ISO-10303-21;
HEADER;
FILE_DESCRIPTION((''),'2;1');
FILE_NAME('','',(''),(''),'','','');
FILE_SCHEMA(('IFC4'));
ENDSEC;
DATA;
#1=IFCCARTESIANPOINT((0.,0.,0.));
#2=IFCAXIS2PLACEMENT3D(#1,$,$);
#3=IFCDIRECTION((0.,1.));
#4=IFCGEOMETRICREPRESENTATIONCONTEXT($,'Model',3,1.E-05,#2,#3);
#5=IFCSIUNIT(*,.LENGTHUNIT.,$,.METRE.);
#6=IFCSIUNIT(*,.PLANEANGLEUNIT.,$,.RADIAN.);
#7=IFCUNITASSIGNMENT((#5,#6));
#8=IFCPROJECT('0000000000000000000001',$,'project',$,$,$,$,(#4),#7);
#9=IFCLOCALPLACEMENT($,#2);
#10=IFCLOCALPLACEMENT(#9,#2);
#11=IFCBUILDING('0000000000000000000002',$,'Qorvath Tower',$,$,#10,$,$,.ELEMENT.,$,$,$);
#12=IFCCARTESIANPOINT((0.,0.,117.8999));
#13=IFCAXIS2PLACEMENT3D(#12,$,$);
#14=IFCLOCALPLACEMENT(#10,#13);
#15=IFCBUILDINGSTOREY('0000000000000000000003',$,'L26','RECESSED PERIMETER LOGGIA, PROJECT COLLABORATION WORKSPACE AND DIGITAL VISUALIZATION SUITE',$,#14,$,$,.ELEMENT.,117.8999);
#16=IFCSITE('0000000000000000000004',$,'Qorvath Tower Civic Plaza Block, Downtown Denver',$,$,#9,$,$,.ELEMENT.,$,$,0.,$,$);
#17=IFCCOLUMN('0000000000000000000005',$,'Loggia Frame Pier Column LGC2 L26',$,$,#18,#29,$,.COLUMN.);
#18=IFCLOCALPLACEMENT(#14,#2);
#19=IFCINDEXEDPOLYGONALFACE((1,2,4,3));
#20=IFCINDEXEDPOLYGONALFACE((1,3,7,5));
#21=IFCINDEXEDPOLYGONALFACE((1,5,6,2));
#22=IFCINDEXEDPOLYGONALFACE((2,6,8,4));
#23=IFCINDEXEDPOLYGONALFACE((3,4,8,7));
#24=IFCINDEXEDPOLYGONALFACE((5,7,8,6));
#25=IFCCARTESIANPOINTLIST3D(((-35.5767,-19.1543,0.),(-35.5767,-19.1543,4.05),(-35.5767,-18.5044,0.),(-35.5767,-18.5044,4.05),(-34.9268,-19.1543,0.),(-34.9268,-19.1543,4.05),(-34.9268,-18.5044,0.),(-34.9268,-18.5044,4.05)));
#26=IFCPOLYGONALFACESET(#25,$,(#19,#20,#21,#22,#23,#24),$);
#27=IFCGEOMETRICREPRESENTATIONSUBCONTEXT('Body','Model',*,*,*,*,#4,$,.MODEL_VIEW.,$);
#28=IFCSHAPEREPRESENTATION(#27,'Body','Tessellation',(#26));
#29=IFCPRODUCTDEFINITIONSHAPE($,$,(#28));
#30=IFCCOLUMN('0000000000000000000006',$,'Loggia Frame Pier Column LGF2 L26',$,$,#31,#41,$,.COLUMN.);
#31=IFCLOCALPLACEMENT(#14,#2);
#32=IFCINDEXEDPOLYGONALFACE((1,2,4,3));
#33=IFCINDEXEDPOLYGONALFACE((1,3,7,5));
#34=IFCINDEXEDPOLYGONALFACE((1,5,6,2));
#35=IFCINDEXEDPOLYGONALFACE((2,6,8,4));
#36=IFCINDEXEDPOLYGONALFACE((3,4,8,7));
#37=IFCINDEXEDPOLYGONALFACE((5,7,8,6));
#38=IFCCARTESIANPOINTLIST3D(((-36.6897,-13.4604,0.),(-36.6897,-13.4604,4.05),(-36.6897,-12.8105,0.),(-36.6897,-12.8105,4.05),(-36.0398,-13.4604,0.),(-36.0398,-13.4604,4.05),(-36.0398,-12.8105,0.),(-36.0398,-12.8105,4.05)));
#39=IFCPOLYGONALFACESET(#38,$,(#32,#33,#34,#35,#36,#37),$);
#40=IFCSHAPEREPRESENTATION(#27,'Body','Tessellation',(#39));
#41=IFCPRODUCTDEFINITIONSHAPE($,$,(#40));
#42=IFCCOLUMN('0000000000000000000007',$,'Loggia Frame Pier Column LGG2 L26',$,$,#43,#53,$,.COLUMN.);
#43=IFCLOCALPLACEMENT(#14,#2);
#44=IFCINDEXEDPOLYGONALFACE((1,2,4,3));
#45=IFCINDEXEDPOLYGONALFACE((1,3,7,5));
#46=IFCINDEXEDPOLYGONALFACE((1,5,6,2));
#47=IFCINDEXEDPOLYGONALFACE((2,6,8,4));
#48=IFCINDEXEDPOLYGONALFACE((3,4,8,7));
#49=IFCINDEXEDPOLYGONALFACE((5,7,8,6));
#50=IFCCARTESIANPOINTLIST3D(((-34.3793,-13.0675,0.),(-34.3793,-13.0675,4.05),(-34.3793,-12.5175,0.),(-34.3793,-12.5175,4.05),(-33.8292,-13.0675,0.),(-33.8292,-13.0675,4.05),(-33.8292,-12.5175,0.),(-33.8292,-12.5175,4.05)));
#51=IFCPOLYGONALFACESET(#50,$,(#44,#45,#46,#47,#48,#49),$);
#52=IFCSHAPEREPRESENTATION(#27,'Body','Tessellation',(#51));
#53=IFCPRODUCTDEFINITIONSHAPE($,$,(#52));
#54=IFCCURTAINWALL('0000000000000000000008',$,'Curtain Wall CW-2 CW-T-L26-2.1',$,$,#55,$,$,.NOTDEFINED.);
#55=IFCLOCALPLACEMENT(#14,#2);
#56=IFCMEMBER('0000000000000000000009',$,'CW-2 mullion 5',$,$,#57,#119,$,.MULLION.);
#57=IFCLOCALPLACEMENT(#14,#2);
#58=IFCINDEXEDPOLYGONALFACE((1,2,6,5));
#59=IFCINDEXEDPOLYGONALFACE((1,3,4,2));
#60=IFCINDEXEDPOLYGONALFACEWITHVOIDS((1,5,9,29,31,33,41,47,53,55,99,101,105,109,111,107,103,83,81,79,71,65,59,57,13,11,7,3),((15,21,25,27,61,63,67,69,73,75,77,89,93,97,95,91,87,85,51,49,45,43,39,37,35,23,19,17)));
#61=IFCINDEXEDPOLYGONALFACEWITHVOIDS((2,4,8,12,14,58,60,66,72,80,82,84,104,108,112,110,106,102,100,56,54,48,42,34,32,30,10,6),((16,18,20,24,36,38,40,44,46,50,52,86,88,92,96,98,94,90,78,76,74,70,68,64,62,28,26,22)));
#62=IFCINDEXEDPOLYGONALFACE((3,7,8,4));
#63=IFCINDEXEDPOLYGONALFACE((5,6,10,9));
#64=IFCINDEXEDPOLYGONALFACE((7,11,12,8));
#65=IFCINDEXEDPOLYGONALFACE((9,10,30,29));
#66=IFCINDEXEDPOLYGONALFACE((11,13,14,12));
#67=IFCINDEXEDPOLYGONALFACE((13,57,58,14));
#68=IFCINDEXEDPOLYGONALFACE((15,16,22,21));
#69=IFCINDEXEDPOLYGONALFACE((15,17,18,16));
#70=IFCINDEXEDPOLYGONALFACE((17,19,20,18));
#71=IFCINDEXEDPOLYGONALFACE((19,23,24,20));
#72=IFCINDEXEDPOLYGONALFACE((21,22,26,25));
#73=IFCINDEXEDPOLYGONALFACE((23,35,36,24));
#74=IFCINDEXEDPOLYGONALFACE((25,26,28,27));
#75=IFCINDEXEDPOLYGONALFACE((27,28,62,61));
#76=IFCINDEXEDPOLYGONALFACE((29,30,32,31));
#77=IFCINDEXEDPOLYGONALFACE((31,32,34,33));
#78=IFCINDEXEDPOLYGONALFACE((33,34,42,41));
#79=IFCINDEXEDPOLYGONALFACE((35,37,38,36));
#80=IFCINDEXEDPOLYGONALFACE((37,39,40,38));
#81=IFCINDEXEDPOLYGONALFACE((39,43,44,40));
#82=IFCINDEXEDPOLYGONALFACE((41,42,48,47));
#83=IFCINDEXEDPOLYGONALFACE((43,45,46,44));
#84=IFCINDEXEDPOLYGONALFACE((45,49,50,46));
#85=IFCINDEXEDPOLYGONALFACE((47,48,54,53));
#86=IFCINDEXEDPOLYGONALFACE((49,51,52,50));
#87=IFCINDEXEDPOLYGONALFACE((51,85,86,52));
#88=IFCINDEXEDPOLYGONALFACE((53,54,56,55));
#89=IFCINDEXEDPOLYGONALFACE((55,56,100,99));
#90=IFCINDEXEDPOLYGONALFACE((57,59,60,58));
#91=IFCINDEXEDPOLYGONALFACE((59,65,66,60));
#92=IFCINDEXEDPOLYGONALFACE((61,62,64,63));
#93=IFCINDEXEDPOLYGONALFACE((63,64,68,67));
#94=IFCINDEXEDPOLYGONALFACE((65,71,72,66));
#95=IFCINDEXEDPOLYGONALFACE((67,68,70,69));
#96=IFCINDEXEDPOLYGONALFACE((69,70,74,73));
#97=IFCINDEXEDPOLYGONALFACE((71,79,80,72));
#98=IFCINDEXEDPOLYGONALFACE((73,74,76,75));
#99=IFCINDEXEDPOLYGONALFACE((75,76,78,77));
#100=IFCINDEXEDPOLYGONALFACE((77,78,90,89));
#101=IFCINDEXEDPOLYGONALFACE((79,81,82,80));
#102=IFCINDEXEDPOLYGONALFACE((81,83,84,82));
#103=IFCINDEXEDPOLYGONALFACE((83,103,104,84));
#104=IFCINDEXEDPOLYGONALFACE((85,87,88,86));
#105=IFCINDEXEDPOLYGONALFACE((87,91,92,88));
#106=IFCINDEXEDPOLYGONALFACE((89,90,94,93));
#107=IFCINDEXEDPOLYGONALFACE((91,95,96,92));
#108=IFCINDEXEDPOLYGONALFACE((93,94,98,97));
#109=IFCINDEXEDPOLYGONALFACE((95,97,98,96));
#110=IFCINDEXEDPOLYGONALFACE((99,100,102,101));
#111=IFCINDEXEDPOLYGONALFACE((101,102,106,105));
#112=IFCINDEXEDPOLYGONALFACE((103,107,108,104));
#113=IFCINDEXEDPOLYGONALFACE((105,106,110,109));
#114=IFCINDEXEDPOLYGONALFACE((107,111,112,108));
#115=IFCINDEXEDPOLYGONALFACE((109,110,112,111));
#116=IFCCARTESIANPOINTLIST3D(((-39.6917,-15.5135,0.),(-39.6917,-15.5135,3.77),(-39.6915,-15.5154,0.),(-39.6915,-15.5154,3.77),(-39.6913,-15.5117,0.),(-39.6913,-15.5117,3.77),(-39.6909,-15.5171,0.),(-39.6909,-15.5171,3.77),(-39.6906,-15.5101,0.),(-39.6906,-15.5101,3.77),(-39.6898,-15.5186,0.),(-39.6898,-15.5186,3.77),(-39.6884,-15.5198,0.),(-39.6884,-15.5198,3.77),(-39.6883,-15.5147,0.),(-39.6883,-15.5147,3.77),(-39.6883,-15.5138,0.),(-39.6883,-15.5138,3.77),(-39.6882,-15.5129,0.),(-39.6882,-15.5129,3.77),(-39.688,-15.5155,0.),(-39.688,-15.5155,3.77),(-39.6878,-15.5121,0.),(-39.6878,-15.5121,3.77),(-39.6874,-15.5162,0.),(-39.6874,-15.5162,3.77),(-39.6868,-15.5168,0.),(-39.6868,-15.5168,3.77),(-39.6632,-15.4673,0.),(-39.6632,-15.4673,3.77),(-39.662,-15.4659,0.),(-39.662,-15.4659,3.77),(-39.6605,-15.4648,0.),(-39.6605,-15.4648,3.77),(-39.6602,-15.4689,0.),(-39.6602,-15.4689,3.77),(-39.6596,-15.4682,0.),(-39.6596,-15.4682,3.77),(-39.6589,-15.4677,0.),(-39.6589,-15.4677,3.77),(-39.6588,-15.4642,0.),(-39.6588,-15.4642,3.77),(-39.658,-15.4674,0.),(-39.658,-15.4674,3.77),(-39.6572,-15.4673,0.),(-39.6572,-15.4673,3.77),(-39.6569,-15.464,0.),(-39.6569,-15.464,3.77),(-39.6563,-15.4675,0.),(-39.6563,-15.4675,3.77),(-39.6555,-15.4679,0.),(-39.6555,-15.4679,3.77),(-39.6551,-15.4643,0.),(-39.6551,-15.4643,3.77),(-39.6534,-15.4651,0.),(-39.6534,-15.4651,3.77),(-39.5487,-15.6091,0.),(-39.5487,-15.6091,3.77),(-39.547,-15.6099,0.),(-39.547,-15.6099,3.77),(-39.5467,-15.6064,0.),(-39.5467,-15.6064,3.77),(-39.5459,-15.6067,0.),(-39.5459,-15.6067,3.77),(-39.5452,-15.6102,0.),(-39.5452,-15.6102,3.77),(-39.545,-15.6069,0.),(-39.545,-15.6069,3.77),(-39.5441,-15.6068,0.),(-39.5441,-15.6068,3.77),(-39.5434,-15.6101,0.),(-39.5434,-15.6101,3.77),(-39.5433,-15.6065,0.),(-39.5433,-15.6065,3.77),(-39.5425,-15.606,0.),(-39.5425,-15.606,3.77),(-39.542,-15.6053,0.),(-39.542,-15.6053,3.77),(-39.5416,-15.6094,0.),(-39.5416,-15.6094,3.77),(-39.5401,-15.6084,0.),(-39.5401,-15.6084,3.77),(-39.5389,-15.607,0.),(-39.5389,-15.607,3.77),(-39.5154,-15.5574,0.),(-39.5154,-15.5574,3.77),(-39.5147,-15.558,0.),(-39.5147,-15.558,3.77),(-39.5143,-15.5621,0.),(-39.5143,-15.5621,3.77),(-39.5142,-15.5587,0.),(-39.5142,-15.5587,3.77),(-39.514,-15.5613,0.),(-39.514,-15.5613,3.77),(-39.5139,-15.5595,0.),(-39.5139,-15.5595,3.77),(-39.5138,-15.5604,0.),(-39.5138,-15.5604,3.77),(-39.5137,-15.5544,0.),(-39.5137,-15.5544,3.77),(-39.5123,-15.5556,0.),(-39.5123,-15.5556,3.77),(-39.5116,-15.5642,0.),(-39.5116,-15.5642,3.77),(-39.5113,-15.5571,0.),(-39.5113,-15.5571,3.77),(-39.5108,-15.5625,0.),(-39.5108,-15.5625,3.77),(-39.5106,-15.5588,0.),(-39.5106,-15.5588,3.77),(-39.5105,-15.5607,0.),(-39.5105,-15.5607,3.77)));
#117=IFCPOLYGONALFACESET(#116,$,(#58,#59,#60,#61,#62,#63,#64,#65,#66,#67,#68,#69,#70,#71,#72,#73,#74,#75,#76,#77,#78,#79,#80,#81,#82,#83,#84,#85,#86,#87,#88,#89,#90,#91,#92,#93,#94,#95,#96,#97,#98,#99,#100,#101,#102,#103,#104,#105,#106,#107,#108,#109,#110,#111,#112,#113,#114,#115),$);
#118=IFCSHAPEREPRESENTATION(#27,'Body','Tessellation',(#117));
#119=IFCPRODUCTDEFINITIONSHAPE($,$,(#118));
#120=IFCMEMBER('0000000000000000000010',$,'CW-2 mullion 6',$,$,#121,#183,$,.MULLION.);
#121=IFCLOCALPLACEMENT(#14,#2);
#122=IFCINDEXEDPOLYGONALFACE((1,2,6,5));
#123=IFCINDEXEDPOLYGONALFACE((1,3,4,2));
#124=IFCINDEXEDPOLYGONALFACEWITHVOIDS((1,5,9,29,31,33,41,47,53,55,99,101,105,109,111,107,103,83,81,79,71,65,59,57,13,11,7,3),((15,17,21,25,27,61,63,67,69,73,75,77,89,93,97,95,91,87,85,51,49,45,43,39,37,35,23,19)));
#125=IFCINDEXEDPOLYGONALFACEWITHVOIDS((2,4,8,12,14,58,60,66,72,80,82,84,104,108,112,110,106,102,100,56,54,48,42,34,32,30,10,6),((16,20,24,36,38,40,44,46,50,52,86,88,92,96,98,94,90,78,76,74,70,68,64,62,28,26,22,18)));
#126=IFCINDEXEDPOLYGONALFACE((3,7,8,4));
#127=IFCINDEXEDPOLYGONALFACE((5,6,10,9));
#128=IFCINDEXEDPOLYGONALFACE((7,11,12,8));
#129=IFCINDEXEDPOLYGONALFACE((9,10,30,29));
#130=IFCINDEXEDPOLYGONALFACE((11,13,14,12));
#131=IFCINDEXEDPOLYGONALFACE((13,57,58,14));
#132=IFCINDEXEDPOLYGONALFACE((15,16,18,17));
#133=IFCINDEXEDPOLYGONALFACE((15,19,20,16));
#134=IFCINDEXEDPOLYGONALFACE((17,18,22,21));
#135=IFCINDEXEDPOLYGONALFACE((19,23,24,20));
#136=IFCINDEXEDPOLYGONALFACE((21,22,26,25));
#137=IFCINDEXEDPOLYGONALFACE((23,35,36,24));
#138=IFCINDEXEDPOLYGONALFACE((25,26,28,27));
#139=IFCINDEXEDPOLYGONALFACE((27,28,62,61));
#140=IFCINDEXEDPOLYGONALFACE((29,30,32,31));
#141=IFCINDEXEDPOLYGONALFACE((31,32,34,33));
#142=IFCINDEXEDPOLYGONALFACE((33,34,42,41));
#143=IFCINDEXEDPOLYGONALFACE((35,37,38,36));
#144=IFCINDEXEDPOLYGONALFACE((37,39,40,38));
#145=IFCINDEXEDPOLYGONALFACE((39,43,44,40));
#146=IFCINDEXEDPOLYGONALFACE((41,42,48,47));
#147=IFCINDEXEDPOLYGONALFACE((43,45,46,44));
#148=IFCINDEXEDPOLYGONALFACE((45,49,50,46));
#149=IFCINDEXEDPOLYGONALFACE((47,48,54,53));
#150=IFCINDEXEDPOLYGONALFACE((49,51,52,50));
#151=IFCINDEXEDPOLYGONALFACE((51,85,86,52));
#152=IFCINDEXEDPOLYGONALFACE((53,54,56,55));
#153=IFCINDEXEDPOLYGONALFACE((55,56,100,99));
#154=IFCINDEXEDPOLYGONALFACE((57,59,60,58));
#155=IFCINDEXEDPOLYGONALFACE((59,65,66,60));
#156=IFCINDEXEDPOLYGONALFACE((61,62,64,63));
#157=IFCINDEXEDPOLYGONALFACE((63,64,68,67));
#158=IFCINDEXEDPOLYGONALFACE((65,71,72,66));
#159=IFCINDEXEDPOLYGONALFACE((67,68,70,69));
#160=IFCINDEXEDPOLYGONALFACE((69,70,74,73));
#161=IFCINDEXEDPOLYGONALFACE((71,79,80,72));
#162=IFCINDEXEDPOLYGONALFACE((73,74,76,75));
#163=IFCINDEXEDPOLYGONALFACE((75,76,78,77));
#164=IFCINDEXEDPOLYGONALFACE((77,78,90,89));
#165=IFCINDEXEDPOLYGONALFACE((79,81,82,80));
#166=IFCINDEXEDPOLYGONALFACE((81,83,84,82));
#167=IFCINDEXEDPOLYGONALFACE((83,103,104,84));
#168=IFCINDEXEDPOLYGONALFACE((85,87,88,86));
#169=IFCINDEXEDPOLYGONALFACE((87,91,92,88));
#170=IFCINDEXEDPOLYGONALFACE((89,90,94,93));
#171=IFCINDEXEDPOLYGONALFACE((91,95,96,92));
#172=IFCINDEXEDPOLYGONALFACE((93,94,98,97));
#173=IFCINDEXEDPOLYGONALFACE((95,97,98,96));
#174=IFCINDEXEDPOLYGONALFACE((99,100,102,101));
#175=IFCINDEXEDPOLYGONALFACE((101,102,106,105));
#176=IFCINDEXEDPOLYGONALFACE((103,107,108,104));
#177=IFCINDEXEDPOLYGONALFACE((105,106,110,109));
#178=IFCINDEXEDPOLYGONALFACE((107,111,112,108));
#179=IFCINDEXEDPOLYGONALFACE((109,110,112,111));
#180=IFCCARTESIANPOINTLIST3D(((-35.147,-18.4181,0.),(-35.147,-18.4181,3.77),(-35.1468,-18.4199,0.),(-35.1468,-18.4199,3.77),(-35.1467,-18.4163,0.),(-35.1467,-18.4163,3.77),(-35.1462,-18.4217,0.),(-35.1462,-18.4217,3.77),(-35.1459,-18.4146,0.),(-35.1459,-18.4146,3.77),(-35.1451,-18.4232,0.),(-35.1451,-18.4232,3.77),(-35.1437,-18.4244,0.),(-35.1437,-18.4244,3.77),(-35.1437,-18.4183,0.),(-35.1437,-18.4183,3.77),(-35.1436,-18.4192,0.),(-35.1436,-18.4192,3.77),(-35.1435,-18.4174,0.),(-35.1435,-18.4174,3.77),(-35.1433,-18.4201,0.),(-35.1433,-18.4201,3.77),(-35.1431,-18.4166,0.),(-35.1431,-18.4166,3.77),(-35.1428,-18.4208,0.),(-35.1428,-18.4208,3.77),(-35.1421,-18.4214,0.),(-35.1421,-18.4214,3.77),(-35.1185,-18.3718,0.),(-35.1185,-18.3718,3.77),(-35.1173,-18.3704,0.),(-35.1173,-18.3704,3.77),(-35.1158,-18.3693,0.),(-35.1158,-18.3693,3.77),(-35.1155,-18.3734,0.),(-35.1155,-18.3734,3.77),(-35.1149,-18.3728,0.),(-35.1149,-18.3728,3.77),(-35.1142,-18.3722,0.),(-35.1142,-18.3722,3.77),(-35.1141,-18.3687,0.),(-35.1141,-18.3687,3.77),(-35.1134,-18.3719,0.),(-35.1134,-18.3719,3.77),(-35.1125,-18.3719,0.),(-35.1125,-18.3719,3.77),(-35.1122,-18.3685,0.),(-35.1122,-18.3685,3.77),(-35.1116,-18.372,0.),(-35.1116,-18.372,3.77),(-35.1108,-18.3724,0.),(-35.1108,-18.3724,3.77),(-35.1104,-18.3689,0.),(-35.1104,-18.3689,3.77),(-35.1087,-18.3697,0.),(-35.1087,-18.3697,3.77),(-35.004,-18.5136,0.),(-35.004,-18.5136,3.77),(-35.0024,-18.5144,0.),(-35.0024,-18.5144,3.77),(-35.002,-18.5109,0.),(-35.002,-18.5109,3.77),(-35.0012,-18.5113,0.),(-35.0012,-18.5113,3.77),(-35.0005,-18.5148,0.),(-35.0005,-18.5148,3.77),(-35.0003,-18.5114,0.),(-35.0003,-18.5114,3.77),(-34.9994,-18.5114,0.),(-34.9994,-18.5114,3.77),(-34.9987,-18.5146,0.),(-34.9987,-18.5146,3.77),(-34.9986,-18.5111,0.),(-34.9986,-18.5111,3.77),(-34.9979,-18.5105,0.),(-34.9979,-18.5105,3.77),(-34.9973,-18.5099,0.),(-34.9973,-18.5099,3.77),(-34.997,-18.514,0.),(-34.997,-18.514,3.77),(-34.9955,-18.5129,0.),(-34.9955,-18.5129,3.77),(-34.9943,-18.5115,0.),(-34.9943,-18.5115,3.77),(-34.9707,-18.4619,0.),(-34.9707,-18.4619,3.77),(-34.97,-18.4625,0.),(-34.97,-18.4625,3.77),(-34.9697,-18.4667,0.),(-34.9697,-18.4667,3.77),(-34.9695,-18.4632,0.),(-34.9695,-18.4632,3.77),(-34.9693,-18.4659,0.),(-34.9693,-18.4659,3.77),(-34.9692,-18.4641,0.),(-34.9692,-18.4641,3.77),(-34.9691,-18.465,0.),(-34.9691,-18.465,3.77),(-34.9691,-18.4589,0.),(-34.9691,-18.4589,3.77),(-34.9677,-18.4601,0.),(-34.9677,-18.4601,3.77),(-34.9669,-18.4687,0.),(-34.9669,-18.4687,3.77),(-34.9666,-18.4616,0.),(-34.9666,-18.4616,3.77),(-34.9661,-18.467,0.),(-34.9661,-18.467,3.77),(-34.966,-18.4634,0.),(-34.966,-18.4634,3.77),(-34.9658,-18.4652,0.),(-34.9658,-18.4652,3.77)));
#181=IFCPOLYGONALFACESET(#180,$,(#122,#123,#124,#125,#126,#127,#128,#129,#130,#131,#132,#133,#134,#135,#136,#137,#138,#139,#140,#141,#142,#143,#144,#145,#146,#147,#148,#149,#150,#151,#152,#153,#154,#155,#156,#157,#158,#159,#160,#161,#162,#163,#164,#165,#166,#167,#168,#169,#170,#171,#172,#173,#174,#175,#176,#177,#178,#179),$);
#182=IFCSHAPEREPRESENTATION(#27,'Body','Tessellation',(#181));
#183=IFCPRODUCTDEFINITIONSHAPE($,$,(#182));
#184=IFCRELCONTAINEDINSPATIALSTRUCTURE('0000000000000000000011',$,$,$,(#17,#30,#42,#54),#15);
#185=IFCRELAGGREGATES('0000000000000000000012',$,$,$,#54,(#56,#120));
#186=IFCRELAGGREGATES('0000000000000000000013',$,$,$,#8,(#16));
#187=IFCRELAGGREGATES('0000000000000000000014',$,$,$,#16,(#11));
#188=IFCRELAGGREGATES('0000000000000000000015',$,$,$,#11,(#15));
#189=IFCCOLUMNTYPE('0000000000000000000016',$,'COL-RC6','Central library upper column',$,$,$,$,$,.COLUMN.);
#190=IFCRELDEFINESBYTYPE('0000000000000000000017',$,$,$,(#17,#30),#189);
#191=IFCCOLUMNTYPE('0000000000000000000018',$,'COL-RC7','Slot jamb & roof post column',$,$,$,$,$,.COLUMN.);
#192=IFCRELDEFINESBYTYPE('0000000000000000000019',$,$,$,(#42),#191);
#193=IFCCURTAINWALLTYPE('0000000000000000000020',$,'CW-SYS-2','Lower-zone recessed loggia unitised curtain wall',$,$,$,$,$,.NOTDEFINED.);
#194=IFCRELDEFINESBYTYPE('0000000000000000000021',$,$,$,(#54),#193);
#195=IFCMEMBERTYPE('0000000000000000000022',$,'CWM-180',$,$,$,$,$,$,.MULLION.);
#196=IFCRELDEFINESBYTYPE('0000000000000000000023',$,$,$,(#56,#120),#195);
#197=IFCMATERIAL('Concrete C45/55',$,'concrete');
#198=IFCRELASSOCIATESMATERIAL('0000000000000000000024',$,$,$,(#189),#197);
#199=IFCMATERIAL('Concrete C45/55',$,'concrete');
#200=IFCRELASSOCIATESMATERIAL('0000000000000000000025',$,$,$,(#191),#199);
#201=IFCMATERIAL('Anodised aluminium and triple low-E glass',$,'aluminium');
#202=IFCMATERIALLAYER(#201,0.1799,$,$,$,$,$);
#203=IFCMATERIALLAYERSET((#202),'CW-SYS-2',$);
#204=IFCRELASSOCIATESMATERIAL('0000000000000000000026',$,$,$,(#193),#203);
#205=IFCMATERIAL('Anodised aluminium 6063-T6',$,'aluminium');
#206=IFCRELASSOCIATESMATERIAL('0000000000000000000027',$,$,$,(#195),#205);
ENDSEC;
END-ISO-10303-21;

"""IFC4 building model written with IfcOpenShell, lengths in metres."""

from ifc_helpers import new_model, si_unit, direction, frame, origin, origin_2d, place, context, subcontext, project, spatial, rectangle, hollow_rectangle, extrude, material, layer, layer_set, material_profile, profile_set, type_object, element, aggregate, save


model = new_model("IFC4")

# Units and contexts
model_context = context("Model", 3, precision=1e-05, world=origin(), true_north=direction((0.0, 1.0)))
body_context = subcontext(model_context, "Body", "Model", "MODEL_VIEW")
ifc_project = project(units=[si_unit("LENGTHUNIT", "METRE"), si_unit("PLANEANGLEUNIT", "RADIAN")], contexts=[model_context])

# Site, building, storey
site_placement = place(None, origin())
site = spatial("IfcSite", under=ifc_project, at=site_placement, Name="Qorvath Tower Civic Plaza Block, Downtown Denver", CompositionType="ELEMENT", RefElevation=0.0)
building_placement = place(site_placement, origin())
building = spatial("IfcBuilding", under=site, at=building_placement, Name="Qorvath Tower", CompositionType="ELEMENT")
storey_placement = place(building_placement, frame((0.0, 0.0, 117.8999)))
storey = spatial("IfcBuildingStorey", under=building, at=storey_placement, Name="L26", Description="RECESSED PERIMETER LOGGIA, PROJECT COLLABORATION WORKSPACE AND DIGITAL VISUALIZATION SUITE", CompositionType="ELEMENT", Elevation=117.8999)

# Columns
ifc_material_1 = material(Name="Concrete C45/55", Category="concrete")
ifc_material_profile_1 = material_profile(ifc_material_1, rectangle(XDim=0.6499, YDim=0.6499, at=origin_2d()), Name="RC 650x650")
ifc_profile_set_1 = profile_set([ifc_material_profile_1], Name="Concrete C45/55")
column_type_1 = type_object("IfcColumnType", Name="COL-RC6", Description="Central library upper column", PredefinedType="COLUMN", material=ifc_profile_set_1)
for number, where, z_axis, x_axis, name in (
    (1, (-35.2517, -18.8293, 0.0), (0.0, 0.0, 1.0), (1.0, 0.0, 0.0), "Loggia Frame Pier Column LGC2 L26"),
    (2, (-36.3647, -13.1355, 0.0), (0.0, 0.0, 1.0), (1.0, 0.0, 0.0), "Loggia Frame Pier Column LGF2 L26"),
):
    element("IfcColumn", number, at=place(storey_placement, frame(where, z_axis=z_axis, x_axis=x_axis)), inside=storey, type_object=column_type_1, Name=name, PredefinedType="COLUMN", context=body_context, shape_type="SweptSolid", body=[
        extrude(rectangle(XDim=0.6499, YDim=0.6499, at=origin_2d()), origin(), (0.0, 0.0, 1.0), 4.05),
    ])
ifc_material_2 = material(Name="Concrete C45/55", Category="concrete")
ifc_material_profile_2 = material_profile(ifc_material_2, rectangle(XDim=0.55, YDim=0.55, at=origin_2d()), Name="RC 550x550")
ifc_profile_set_2 = profile_set([ifc_material_profile_2], Name="Concrete C45/55")
column_type_2 = type_object("IfcColumnType", Name="COL-RC7", Description="Slot jamb & roof post column", PredefinedType="COLUMN", material=ifc_profile_set_2)
column_placement = place(storey_placement, frame((-34.1042, -12.7925, 0.0), z_axis=(0.0, 0.0, 1.0), x_axis=(1.0, 0.0, 0.0)))
element("IfcColumn", 3, at=column_placement, inside=storey, type_object=column_type_2, Name="Loggia Frame Pier Column LGG2 L26", PredefinedType="COLUMN", context=body_context, shape_type="SweptSolid", body=[
    extrude(rectangle(XDim=0.55, YDim=0.55, at=origin_2d()), origin(), (0.0, 0.0, 1.0), 4.05),
])

# Curtain wall, members
ifc_material_3 = material(Name="Anodised aluminium and triple low-E glass", Category="aluminium")
ifc_layer_1 = layer(ifc_material_3, 0.1799)
ifc_layer_set_1 = layer_set([ifc_layer_1], Name="CW-SYS-2")
curtain_wall_type = type_object("IfcCurtainWallType", Name="CW-SYS-2", Description="Lower-zone recessed loggia unitised curtain wall", PredefinedType="NOTDEFINED", material=ifc_layer_set_1)
curtain_wall_1_placement = place(storey_placement, origin())
curtain_wall_1 = element("IfcCurtainWall", 4, at=curtain_wall_1_placement, inside=storey, type_object=curtain_wall_type, Name="Curtain Wall CW-2 CW-T-L26-2.1", PredefinedType="NOTDEFINED")
ifc_material_4 = material(Name="Anodised aluminium 6063-T6", Category="aluminium")
ifc_material_profile_3 = material_profile(ifc_material_4, hollow_rectangle(XDim=0.0649, YDim=0.1799, WallThickness=0.0034, InnerFilletRadius=0.0034, OuterFilletRadius=0.0071, at=origin_2d()), Name="CWM 180x65")
ifc_profile_set_3 = profile_set([ifc_material_profile_3], Name="Anodised aluminium 6063-T6")
member_type_1 = type_object("IfcMemberType", Name="CWM-180", PredefinedType="MULLION", material=ifc_profile_set_3)
member_1_placement = place(storey_placement, frame((-39.6011, -15.5371, 0.0), z_axis=(0.0, 0.0, 1.0), x_axis=(0.538534, 0.842604, 0.0)))
member_1 = element("IfcMember", 5, at=member_1_placement, type_object=member_type_1, Name="CW-2 mullion 5", PredefinedType="MULLION", context=body_context, shape_type="SweptSolid", body=[
    extrude(hollow_rectangle(XDim=0.0649, YDim=0.1799, WallThickness=0.0034, InnerFilletRadius=0.0034, OuterFilletRadius=0.0071, at=origin_2d()), origin(), (0.0, 0.0, 1.0), 3.77),
])
member_2_placement = place(storey_placement, frame((-35.0564, -18.4417, 0.0), z_axis=(0.0, 0.0, 1.0), x_axis=(0.538534, 0.842604, 0.0)))
member_2 = element("IfcMember", 6, at=member_2_placement, type_object=member_type_1, Name="CW-2 mullion 6", PredefinedType="MULLION", context=body_context, shape_type="SweptSolid", body=[
    extrude(hollow_rectangle(XDim=0.0649, YDim=0.1799, WallThickness=0.0034, InnerFilletRadius=0.0034, OuterFilletRadius=0.0071, at=origin_2d()), origin(), (0.0, 0.0, 1.0), 3.77),
])

aggregate(curtain_wall_1, [member_1, member_2])

save(model, "model.ifc")
